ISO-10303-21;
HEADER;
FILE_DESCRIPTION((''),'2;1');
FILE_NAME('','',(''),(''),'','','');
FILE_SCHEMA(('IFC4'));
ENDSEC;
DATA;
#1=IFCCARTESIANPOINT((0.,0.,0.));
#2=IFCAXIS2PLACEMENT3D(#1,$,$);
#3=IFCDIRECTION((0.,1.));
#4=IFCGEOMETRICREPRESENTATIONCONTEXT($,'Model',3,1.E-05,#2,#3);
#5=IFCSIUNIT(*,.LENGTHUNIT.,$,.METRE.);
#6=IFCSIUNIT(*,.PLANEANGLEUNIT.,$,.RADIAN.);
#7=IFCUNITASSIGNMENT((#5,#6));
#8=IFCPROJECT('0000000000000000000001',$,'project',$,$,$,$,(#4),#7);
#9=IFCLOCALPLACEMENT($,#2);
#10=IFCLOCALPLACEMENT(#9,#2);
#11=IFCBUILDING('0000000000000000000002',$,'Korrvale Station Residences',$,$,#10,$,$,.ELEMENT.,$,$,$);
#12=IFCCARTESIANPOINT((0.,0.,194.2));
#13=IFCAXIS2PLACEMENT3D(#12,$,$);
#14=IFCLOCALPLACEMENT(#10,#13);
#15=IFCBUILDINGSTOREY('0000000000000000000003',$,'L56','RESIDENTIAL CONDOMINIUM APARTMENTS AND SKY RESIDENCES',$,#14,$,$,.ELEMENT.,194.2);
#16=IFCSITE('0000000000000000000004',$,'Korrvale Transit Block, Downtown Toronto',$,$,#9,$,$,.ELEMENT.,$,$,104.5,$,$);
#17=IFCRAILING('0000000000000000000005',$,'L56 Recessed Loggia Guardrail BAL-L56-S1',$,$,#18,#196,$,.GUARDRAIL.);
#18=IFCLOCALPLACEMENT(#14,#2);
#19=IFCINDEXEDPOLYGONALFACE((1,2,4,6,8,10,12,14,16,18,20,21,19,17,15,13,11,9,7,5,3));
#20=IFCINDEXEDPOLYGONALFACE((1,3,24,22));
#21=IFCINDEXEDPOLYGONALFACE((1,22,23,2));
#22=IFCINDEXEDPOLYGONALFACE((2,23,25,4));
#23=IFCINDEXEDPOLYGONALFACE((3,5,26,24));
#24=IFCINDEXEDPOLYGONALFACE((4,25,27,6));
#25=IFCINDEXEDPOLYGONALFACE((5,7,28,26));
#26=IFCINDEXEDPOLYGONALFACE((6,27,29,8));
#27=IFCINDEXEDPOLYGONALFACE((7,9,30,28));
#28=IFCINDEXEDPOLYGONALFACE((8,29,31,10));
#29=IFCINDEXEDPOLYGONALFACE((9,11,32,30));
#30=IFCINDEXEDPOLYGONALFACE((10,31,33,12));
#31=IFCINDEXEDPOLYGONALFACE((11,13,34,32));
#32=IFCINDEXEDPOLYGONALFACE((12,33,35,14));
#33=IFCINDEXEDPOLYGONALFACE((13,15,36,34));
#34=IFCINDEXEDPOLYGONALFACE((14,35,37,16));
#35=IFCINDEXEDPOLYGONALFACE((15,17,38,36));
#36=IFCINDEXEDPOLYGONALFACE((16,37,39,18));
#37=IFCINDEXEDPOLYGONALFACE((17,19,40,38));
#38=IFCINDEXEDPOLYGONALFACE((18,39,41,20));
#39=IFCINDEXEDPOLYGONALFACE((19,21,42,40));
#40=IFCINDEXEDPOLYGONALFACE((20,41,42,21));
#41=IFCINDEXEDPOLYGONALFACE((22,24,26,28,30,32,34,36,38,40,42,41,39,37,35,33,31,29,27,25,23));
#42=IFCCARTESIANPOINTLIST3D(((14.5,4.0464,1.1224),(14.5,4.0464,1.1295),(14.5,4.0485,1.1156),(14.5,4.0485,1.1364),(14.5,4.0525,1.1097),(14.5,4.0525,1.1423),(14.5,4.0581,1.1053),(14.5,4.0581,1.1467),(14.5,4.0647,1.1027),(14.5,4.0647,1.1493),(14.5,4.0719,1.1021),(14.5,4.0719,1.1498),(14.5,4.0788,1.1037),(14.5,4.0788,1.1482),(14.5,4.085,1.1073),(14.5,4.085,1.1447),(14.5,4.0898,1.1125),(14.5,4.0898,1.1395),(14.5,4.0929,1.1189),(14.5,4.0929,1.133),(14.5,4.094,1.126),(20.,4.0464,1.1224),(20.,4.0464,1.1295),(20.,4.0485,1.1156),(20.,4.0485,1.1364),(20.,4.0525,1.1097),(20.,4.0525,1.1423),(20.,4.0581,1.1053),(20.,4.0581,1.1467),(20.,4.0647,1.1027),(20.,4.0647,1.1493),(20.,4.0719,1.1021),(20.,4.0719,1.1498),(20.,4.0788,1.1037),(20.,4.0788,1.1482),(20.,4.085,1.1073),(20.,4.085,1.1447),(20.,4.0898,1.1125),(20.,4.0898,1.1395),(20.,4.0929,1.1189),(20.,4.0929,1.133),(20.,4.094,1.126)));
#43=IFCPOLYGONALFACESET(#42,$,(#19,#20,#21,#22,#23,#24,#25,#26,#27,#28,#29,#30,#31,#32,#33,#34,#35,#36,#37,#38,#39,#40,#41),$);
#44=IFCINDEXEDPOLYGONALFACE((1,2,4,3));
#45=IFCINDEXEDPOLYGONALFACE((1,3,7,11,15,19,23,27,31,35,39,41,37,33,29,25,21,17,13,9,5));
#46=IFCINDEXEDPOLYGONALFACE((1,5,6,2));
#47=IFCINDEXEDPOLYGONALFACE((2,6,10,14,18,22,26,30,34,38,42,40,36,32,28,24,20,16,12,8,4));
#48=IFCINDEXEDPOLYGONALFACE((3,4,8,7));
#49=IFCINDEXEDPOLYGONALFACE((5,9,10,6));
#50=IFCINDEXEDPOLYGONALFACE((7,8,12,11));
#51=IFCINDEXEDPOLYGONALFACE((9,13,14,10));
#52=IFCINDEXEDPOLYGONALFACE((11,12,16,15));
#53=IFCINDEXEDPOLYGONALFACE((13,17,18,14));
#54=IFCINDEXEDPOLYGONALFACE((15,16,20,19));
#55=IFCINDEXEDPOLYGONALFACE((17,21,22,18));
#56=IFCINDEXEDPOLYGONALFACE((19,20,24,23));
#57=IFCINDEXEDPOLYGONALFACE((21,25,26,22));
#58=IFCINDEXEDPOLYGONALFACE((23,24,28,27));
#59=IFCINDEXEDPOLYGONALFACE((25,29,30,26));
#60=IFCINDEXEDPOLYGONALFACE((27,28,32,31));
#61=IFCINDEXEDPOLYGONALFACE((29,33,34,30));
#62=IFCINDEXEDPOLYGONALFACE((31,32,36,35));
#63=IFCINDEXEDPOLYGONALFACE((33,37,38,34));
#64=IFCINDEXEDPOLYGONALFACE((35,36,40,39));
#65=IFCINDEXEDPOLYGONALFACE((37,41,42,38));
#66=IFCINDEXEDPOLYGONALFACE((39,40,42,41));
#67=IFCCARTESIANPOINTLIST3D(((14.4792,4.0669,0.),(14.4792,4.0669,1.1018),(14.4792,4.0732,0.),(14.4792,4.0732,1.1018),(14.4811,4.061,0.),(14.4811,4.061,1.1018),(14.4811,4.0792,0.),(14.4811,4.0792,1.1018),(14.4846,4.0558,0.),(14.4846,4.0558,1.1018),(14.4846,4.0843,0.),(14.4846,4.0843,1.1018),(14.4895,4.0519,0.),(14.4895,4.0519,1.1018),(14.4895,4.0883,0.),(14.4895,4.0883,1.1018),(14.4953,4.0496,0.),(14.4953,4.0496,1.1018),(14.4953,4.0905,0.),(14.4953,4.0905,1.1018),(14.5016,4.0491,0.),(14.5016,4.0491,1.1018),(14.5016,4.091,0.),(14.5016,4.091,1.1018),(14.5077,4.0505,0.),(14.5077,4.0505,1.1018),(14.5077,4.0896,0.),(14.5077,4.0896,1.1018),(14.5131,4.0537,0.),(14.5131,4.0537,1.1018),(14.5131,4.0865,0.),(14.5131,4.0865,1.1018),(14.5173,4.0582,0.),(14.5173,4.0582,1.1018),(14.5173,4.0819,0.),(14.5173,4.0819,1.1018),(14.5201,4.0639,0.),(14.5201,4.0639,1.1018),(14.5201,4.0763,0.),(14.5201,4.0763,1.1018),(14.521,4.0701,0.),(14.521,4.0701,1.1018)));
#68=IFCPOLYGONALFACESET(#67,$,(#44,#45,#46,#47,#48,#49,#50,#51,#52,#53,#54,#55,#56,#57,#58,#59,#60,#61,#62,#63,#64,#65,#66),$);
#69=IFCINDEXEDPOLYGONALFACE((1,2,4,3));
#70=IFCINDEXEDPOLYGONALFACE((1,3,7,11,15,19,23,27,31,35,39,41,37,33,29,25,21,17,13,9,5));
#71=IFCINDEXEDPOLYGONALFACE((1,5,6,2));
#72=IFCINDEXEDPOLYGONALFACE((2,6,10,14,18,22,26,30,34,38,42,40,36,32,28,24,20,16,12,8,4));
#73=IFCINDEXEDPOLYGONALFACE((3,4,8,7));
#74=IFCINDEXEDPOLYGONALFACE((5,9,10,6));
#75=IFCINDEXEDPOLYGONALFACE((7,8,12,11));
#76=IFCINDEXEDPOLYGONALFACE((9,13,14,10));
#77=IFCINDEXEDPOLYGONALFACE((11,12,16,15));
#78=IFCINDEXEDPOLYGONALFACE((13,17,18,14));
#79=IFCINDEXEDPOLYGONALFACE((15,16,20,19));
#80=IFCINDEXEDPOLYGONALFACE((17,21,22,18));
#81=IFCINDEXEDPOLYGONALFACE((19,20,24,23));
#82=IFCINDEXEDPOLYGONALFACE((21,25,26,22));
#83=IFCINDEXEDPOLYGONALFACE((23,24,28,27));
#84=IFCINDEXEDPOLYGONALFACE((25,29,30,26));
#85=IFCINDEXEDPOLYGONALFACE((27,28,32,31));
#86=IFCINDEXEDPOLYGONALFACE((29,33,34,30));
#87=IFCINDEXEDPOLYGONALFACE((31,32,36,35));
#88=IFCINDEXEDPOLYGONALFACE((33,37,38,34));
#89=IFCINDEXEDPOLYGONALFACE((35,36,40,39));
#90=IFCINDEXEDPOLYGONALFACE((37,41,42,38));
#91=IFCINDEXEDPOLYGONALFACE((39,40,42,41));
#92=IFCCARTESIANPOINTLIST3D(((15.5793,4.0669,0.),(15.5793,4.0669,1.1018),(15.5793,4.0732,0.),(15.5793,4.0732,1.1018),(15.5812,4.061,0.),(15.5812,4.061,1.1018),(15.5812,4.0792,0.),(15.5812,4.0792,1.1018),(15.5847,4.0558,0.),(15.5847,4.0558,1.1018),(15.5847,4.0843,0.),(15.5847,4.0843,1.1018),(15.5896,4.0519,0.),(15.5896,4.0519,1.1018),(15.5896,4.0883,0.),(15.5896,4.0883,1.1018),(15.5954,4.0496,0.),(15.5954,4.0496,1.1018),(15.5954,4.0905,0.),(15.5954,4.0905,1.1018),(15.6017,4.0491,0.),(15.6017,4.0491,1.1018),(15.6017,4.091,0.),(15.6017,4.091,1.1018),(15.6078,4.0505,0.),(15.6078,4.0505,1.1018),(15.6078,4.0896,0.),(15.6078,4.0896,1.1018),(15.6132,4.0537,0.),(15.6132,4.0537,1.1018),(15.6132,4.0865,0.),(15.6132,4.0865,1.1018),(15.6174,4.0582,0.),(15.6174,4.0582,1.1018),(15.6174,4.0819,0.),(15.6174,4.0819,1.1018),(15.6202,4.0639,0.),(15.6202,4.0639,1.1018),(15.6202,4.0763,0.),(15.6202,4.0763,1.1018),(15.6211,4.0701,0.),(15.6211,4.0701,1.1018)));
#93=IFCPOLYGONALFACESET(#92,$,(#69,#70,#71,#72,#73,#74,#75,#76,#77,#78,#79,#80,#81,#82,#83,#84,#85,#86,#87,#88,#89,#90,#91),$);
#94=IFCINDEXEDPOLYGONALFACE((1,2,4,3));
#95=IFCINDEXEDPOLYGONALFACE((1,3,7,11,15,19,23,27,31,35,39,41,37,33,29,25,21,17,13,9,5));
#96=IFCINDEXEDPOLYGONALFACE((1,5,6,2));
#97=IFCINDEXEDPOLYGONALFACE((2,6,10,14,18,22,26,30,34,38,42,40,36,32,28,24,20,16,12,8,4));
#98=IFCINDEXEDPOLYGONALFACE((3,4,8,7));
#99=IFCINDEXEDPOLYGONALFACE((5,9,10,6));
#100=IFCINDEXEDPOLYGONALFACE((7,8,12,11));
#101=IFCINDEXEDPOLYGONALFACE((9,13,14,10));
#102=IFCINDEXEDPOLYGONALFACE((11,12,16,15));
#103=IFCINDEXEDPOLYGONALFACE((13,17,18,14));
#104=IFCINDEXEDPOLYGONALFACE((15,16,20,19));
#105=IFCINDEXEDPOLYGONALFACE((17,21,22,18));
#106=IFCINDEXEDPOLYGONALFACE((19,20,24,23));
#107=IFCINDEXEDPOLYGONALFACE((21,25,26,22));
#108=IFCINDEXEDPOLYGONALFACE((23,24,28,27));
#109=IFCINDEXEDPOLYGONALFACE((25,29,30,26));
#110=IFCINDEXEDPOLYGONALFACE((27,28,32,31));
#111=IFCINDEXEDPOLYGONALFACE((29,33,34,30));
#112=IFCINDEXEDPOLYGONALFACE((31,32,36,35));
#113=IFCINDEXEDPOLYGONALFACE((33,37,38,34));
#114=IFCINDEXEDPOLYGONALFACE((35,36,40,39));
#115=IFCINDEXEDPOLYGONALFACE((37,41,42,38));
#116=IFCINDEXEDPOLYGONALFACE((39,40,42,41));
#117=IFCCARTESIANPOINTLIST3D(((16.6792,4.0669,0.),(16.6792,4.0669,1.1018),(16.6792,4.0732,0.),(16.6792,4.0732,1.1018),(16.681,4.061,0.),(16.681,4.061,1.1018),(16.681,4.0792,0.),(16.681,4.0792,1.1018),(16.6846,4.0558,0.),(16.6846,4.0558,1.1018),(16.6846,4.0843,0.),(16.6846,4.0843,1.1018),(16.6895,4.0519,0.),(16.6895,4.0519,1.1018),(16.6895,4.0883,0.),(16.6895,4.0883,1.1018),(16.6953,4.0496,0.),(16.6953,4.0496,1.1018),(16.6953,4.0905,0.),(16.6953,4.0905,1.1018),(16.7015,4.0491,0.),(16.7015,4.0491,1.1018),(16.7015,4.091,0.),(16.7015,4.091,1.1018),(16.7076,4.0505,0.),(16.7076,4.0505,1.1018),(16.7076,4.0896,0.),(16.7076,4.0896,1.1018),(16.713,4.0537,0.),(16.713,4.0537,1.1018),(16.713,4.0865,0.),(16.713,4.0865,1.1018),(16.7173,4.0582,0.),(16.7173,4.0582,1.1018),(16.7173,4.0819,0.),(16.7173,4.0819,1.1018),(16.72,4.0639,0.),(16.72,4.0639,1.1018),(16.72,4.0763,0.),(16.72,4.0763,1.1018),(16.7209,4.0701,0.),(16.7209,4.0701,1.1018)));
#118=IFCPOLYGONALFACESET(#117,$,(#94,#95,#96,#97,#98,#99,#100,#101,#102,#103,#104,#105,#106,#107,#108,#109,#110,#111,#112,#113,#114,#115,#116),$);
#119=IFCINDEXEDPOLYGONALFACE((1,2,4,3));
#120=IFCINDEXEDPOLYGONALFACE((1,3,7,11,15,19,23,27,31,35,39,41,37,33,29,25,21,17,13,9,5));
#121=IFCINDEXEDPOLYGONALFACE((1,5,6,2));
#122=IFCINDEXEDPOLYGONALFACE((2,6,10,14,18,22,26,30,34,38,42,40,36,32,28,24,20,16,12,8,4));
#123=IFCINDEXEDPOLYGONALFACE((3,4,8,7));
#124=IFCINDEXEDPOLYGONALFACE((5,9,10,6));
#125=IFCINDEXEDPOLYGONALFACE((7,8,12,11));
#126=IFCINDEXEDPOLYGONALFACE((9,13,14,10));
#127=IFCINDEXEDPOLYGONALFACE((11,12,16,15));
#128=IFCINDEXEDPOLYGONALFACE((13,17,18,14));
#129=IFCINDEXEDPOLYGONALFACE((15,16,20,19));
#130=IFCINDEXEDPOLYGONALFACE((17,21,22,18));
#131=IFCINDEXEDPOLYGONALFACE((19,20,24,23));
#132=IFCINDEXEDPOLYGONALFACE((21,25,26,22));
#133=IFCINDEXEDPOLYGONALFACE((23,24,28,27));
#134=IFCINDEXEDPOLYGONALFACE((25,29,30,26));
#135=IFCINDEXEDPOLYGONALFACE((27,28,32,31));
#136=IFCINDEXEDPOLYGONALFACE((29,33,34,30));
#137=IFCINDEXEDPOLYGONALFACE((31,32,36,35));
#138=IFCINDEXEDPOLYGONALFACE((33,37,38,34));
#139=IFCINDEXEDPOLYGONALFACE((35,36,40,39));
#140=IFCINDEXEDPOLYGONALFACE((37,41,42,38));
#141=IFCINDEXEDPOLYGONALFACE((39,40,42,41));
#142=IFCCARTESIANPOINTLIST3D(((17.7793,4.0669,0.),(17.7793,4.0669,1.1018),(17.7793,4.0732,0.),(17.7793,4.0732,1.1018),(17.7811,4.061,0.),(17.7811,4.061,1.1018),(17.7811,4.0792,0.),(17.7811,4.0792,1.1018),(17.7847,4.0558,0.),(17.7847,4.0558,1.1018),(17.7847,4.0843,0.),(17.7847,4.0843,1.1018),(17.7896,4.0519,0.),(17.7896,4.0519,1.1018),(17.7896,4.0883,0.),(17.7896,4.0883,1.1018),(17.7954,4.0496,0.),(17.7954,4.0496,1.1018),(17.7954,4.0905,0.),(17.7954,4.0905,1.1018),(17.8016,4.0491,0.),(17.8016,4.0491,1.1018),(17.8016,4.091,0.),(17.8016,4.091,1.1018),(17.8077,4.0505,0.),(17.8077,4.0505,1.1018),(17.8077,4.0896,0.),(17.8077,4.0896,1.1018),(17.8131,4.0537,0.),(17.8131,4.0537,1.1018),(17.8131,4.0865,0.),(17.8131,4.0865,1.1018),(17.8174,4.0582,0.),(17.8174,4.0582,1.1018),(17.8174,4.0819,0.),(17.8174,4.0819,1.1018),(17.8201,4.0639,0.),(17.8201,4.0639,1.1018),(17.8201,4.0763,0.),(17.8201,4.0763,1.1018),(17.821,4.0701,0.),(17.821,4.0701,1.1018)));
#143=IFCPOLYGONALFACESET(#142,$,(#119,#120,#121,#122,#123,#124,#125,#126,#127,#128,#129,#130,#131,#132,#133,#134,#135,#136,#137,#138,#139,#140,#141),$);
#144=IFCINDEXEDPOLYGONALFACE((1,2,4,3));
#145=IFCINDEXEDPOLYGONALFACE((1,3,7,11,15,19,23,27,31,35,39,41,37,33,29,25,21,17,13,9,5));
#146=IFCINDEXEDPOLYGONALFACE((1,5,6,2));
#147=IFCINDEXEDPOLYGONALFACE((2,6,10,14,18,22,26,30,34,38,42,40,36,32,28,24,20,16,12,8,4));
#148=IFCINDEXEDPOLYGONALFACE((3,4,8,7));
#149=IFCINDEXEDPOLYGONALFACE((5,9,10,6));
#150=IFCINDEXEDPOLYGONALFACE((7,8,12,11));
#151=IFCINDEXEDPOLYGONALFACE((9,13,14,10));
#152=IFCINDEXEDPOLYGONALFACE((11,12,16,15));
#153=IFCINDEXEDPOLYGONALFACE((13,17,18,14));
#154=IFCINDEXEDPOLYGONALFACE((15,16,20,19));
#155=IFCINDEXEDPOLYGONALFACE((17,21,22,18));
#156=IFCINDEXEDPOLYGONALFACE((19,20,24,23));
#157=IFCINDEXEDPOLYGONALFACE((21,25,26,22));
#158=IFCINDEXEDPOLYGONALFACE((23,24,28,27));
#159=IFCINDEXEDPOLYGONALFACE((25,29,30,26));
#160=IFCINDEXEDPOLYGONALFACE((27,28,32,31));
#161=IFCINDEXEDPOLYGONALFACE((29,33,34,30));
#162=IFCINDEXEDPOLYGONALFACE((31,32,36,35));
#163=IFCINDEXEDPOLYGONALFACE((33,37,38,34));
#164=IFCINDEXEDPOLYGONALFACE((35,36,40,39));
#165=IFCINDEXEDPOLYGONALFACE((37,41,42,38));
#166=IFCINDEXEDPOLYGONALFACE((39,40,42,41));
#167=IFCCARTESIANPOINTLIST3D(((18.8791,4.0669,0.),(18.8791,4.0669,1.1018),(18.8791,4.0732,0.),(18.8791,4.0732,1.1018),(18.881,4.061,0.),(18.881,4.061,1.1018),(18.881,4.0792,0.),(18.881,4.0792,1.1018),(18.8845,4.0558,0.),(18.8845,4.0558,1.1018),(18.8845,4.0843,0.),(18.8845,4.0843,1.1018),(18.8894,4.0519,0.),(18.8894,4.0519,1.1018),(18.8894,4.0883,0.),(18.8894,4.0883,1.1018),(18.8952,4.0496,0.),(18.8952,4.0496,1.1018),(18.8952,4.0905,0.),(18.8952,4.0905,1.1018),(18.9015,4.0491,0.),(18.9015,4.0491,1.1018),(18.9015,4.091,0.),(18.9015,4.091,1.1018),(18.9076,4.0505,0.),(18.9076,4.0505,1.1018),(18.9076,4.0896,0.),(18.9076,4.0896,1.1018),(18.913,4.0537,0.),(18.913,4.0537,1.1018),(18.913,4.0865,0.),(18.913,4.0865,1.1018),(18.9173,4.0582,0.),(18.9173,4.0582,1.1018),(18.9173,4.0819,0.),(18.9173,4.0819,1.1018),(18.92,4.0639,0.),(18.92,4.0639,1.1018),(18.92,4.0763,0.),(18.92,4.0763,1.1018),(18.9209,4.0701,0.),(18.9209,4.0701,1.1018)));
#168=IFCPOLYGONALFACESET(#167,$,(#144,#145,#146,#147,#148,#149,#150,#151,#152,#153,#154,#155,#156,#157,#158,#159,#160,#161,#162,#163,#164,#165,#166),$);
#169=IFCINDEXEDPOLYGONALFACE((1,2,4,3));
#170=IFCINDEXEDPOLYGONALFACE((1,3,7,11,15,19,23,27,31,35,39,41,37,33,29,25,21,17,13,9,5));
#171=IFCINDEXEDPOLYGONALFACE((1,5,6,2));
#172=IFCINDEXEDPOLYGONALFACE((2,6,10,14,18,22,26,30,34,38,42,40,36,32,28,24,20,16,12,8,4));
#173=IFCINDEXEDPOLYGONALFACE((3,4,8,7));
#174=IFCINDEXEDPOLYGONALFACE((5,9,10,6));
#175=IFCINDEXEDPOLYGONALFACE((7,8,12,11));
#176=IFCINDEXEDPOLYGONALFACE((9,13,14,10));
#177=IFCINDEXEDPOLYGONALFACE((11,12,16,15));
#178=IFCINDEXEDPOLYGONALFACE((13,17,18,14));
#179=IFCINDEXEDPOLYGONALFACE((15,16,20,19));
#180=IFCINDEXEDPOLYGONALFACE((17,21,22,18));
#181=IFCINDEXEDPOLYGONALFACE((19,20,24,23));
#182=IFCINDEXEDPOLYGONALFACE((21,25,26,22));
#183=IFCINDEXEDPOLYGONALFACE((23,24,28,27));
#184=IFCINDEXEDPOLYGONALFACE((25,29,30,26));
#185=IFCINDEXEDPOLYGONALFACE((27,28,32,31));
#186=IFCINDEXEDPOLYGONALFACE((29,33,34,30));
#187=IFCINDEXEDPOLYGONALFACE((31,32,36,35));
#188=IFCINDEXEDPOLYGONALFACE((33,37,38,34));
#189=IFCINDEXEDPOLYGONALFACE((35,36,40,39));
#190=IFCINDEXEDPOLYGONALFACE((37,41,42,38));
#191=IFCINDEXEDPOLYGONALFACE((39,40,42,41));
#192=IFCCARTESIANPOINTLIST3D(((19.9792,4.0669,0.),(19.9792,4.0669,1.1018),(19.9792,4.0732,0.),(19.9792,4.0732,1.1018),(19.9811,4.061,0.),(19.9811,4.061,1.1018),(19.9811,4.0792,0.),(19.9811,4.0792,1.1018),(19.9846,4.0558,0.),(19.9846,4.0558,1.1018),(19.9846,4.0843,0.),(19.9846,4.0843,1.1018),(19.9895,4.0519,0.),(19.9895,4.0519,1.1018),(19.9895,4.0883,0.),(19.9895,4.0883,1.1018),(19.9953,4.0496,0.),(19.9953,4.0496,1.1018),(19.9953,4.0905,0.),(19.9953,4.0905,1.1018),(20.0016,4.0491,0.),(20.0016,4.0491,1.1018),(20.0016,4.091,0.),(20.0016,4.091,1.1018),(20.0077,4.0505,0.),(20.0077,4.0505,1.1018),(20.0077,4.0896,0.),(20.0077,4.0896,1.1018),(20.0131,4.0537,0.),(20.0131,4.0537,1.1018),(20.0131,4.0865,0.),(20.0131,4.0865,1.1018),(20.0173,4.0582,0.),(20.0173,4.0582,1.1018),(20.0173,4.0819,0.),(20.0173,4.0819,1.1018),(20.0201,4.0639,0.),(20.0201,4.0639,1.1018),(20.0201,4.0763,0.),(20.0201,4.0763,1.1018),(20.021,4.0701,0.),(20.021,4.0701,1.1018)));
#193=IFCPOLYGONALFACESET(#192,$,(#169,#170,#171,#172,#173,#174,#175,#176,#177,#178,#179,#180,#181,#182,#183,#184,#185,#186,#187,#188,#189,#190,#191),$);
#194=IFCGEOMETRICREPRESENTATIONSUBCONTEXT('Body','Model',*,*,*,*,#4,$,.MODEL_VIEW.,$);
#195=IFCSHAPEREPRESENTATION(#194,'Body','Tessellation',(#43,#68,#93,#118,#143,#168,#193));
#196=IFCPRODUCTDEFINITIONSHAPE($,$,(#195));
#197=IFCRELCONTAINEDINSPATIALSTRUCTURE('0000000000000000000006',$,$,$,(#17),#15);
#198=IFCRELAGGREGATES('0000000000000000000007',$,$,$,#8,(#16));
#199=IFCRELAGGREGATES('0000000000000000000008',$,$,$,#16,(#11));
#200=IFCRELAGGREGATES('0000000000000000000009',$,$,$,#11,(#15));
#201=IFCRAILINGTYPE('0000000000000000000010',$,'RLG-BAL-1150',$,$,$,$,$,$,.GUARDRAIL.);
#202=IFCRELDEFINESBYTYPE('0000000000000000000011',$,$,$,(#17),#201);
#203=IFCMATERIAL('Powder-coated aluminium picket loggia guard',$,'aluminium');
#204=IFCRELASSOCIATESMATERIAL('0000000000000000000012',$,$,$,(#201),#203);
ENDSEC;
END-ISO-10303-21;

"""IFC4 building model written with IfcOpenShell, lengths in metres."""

from ifc_helpers import new_model, si_unit, direction, frame, origin, origin_2d, place, context, subcontext, project, spatial, circle, extrude, material, type_object, element, save


model = new_model("IFC4")

# Units and contexts
model_context = context("Model", 3, precision=1e-05, world=origin(), true_north=direction((0.0, 1.0)))
body_context = subcontext(model_context, "Body", "Model", "MODEL_VIEW")
ifc_project = project(units=[si_unit("LENGTHUNIT", "METRE"), si_unit("PLANEANGLEUNIT", "RADIAN")], contexts=[model_context])

# Site, building, storey
site_placement = place(None, origin())
site = spatial("IfcSite", under=ifc_project, at=site_placement, Name="Korrvale Transit Block, Downtown Toronto", CompositionType="ELEMENT", RefElevation=104.5)
building_placement = place(site_placement, origin())
building = spatial("IfcBuilding", under=site, at=building_placement, Name="Korrvale Station Residences", CompositionType="ELEMENT")
storey_placement = place(building_placement, frame((0.0, 0.0, 194.2)))
storey = spatial("IfcBuildingStorey", under=building, at=storey_placement, Name="L56", Description="RESIDENTIAL CONDOMINIUM APARTMENTS AND SKY RESIDENCES", CompositionType="ELEMENT", Elevation=194.2)

# Railing
ifc_material_1 = material(Name="Powder-coated aluminium picket loggia guard", Category="aluminium")
railing_type = type_object("IfcRailingType", Name="RLG-BAL-1150", PredefinedType="GUARDRAIL", material=ifc_material_1)
railing_placement = place(storey_placement, frame((14.5, 4.0701, 0.0)))
element("IfcRailing", 1, at=railing_placement, inside=storey, type_object=railing_type, Name="L56 Recessed Loggia Guardrail BAL-L56-S1", PredefinedType="GUARDRAIL", context=body_context, shape_type="SweptSolid", body=[
    extrude(circle(Radius=0.0239, at=origin_2d()), frame((0.0, 0.0, 1.126), z_axis=(1.0, 0.0, 0.0), x_axis=(0.0, 1.0, 0.0)), (0.0, 0.0, 1.0), 5.5),
    extrude(circle(Radius=0.021, at=origin_2d()), origin(), (0.0, 0.0, 1.0), 1.1018),
    extrude(circle(Radius=0.021, at=origin_2d()), frame((1.1001, 0.0, 0.0)), (0.0, 0.0, 1.0), 1.1018),
    extrude(circle(Radius=0.021, at=origin_2d()), frame((2.2, 0.0, 0.0)), (0.0, 0.0, 1.0), 1.1018),
    extrude(circle(Radius=0.021, at=origin_2d()), frame((3.3, 0.0, 0.0)), (0.0, 0.0, 1.0), 1.1018),
    extrude(circle(Radius=0.021, at=origin_2d()), frame((4.3999, 0.0, 0.0)), (0.0, 0.0, 1.0), 1.1018),
    extrude(circle(Radius=0.021, at=origin_2d()), frame((5.5, 0.0, 0.0)), (0.0, 0.0, 1.0), 1.1018),
])

save(model, "model.ifc")
